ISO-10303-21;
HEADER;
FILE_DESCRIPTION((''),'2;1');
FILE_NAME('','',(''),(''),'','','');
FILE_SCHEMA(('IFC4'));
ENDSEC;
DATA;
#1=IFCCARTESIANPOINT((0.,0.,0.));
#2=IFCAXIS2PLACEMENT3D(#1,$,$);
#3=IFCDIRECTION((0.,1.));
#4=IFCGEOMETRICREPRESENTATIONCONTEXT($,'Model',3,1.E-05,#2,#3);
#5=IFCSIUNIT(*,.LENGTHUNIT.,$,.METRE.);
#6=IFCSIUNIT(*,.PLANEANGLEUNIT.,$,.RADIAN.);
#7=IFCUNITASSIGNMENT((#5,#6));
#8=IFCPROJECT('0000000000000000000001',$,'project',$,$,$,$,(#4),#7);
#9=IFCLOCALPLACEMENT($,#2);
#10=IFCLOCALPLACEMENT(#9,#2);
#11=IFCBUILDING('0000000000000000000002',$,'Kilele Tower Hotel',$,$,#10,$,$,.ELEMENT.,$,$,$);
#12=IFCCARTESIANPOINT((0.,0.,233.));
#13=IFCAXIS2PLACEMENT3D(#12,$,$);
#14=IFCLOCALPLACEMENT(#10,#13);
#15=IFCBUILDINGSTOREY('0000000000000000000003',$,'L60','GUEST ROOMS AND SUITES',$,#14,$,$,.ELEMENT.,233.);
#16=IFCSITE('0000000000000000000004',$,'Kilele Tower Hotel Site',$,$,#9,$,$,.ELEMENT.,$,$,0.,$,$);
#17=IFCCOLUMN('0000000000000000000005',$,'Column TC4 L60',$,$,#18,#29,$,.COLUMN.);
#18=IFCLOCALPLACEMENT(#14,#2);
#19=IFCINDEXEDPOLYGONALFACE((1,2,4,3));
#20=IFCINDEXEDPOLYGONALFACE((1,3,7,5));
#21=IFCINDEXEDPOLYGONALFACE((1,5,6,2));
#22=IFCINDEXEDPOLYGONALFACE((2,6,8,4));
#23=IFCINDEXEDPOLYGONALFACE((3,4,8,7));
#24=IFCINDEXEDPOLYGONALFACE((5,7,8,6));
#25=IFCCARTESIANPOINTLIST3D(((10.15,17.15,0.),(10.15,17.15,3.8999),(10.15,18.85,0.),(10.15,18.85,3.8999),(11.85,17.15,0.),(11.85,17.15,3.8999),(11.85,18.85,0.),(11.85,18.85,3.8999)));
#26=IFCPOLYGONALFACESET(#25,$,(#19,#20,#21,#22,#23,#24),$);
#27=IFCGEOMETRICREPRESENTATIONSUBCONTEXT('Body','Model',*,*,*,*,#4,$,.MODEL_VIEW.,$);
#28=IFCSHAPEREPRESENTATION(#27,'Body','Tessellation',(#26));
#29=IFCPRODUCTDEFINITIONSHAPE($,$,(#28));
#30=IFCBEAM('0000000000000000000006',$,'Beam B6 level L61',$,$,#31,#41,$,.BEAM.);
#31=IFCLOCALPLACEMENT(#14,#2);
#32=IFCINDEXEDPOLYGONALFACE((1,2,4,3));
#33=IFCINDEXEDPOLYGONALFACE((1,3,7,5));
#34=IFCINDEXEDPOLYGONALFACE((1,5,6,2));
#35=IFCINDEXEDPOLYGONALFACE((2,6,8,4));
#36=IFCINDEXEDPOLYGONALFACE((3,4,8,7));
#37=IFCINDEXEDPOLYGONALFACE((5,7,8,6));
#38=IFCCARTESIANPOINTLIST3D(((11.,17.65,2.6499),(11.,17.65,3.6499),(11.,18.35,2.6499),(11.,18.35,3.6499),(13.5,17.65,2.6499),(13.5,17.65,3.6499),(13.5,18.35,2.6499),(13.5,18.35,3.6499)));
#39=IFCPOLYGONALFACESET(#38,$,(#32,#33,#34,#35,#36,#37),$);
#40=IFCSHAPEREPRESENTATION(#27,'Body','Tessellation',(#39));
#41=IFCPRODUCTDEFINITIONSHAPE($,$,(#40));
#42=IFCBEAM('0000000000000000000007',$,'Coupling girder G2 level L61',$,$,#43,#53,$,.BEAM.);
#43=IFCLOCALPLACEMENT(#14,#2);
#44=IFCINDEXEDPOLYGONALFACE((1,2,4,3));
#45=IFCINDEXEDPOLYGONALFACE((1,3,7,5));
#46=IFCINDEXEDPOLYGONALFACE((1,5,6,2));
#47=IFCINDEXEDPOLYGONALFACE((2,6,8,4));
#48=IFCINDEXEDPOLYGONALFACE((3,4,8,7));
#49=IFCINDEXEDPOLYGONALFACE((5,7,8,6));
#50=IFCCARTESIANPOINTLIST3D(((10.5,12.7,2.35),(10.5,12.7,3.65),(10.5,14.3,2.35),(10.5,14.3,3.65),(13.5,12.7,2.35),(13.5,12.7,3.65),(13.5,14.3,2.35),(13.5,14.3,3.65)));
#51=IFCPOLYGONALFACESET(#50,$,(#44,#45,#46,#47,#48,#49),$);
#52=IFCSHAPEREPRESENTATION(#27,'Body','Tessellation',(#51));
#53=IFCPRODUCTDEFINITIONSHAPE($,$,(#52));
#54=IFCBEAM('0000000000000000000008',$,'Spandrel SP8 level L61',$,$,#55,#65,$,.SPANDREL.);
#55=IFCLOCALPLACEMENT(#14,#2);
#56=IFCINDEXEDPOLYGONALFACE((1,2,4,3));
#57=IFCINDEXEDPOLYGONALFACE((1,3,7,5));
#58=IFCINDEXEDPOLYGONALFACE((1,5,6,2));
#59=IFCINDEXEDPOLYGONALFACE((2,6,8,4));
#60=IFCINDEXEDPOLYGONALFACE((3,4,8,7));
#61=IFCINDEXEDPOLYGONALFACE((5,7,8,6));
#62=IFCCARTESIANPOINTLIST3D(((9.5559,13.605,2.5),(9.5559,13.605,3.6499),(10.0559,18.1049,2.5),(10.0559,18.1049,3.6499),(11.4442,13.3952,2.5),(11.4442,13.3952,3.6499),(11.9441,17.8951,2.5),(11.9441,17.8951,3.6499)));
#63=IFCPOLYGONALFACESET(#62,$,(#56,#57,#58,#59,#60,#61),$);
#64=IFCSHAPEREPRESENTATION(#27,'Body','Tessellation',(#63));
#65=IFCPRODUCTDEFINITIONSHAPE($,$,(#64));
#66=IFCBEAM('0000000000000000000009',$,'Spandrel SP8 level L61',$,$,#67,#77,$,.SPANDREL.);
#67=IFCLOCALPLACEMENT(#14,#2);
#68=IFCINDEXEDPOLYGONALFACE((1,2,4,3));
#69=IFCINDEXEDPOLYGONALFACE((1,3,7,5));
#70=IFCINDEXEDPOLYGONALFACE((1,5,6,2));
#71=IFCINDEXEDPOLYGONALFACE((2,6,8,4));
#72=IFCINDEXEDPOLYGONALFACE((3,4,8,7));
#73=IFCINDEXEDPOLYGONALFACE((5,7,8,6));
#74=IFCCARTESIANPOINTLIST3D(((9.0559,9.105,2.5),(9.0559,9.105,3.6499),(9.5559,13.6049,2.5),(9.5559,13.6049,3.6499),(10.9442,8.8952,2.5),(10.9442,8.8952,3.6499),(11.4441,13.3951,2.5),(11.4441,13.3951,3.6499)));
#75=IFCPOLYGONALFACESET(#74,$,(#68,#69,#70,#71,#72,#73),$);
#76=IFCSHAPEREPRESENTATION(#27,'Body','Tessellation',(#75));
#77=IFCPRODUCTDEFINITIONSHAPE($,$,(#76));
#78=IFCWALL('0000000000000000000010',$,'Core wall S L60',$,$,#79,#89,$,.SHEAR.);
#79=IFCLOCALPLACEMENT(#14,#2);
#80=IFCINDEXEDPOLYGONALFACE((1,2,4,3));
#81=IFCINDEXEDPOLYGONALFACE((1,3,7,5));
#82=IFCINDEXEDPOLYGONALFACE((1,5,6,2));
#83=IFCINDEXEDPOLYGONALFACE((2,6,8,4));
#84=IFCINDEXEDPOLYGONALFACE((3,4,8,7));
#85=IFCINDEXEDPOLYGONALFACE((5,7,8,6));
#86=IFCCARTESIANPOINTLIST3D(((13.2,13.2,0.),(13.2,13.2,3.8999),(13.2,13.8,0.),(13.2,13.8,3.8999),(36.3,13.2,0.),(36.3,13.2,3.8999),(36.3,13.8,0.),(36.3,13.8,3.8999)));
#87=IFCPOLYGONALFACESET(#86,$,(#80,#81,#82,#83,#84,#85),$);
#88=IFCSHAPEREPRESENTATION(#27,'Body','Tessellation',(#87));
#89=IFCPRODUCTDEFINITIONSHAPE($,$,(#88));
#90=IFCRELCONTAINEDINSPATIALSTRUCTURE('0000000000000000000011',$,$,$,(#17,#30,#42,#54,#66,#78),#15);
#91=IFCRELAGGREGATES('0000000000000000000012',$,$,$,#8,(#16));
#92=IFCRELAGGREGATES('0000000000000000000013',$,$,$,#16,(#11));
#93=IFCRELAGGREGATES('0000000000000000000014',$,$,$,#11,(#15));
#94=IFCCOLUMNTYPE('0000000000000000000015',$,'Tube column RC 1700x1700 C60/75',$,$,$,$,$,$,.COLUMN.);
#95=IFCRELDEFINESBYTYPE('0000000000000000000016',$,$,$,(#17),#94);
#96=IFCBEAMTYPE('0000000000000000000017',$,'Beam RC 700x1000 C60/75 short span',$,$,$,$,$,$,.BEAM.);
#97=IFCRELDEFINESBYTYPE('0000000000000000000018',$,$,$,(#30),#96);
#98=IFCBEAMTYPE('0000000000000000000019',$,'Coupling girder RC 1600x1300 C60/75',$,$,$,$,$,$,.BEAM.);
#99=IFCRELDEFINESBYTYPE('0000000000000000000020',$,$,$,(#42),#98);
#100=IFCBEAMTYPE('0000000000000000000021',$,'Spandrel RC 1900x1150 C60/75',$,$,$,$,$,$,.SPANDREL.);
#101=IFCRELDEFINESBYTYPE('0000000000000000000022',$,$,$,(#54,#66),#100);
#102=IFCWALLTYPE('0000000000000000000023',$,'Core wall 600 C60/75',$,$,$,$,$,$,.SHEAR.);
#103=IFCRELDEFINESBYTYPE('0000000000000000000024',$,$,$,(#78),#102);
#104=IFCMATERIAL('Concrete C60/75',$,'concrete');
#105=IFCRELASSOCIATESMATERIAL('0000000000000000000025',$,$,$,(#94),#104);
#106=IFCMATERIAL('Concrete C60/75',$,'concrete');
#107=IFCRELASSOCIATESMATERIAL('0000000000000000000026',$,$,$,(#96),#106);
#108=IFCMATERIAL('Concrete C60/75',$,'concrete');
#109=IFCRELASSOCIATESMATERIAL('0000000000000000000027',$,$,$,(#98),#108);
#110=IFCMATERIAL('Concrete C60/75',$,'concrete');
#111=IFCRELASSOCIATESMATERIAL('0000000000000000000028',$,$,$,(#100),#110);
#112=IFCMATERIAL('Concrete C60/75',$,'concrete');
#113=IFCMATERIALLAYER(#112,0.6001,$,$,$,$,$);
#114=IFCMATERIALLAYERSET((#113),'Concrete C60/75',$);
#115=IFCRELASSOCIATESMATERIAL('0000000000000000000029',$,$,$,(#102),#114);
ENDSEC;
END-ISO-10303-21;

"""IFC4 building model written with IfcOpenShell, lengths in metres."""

from ifc_helpers import new_model, si_unit, direction, frame, frame_2d, origin, origin_2d, place, context, subcontext, project, spatial, rectangle, extrude, material, layer, layer_set, material_profile, profile_set, type_object, element, save


model = new_model("IFC4")

# Units and contexts
model_context = context("Model", 3, precision=1e-05, world=origin(), true_north=direction((0.0, 1.0)))
body_context = subcontext(model_context, "Body", "Model", "MODEL_VIEW")
ifc_project = project(units=[si_unit("LENGTHUNIT", "METRE"), si_unit("PLANEANGLEUNIT", "RADIAN")], contexts=[model_context])

# Site, building, storey
site_placement = place(None, origin())
site = spatial("IfcSite", under=ifc_project, at=site_placement, Name="Kilele Tower Hotel Site", CompositionType="ELEMENT", RefElevation=0.0)
building_placement = place(site_placement, origin())
building = spatial("IfcBuilding", under=site, at=building_placement, Name="Kilele Tower Hotel", CompositionType="ELEMENT")
storey_placement = place(building_placement, frame((0.0, 0.0, 233.0)))
storey = spatial("IfcBuildingStorey", under=building, at=storey_placement, Name="L60", Description="GUEST ROOMS AND SUITES", CompositionType="ELEMENT", Elevation=233.0)

# Column
ifc_material_1 = material(Name="Concrete C60/75", Category="concrete")
ifc_material_profile_1 = material_profile(ifc_material_1, rectangle(XDim=1.7, YDim=1.7, at=origin_2d()))
ifc_profile_set_1 = profile_set([ifc_material_profile_1], Name="Concrete C60/75")
column_type = type_object("IfcColumnType", Name="Tube column RC 1700x1700 C60/75", PredefinedType="COLUMN", material=ifc_profile_set_1)
column_placement = place(storey_placement, frame((11.0, 18.0, 0.0), z_axis=(0.0, 0.0, 1.0), x_axis=(1.0, 0.0, 0.0)))
element("IfcColumn", 1, at=column_placement, inside=storey, type_object=column_type, Name="Column TC4 L60", PredefinedType="COLUMN", context=body_context, shape_type="SweptSolid", body=[
    extrude(rectangle(XDim=1.7, YDim=1.7, at=origin_2d()), origin(), (0.0, 0.0, 1.0), 3.8999),
])

# Beams
ifc_material_2 = material(Name="Concrete C60/75", Category="concrete")
ifc_material_profile_2 = material_profile(ifc_material_2, rectangle(XDim=0.7, YDim=1.0, at=origin_2d()))
ifc_profile_set_2 = profile_set([ifc_material_profile_2], Name="Concrete C60/75")
beam_type_1 = type_object("IfcBeamType", Name="Beam RC 700x1000 C60/75 short span", PredefinedType="BEAM", material=ifc_profile_set_2)
beam_1_placement = place(storey_placement, frame((11.0, 18.0, 3.1499), z_axis=(1.0, 0.0, 0.0), x_axis=(0.0, 1.0, 0.0)))
element("IfcBeam", 2, at=beam_1_placement, inside=storey, type_object=beam_type_1, Name="Beam B6 level L61", PredefinedType="BEAM", context=body_context, shape_type="SweptSolid", body=[
    extrude(rectangle(XDim=0.7, YDim=1.0, at=origin_2d()), origin(), (0.0, 0.0, 1.0), 2.5),
])
ifc_material_3 = material(Name="Concrete C60/75", Category="concrete")
ifc_material_profile_3 = material_profile(ifc_material_3, rectangle(XDim=1.6001, YDim=1.3, at=origin_2d()))
ifc_profile_set_3 = profile_set([ifc_material_profile_3], Name="Concrete C60/75")
beam_type_2 = type_object("IfcBeamType", Name="Coupling girder RC 1600x1300 C60/75", PredefinedType="BEAM", material=ifc_profile_set_3)
beam_2_placement = place(storey_placement, frame((10.5, 13.5, 3.0), z_axis=(1.0, 0.0, 0.0), x_axis=(0.0, 1.0, 0.0)))
element("IfcBeam", 3, at=beam_2_placement, inside=storey, type_object=beam_type_2, Name="Coupling girder G2 level L61", PredefinedType="BEAM", context=body_context, shape_type="SweptSolid", body=[
    extrude(rectangle(XDim=1.6001, YDim=1.3, at=origin_2d()), origin(), (0.0, 0.0, 1.0), 3.0),
])
ifc_material_4 = material(Name="Concrete C60/75", Category="concrete")
ifc_material_profile_4 = material_profile(ifc_material_4, rectangle(XDim=1.8999, YDim=1.1499, at=origin_2d()))
ifc_profile_set_4 = profile_set([ifc_material_profile_4], Name="Concrete C60/75")
beam_type_3 = type_object("IfcBeamType", Name="Spandrel RC 1900x1150 C60/75", PredefinedType="SPANDREL", material=ifc_profile_set_4)
for number, where, z_axis, x_axis, name in (
    (4, (11.0, 18.0, 3.075), (-0.110432, -0.993884, 0.0), (0.993884, -0.110432, 0.0), "Spandrel SP8 level L61"),
    (5, (10.5, 13.5, 3.075), (-0.110432, -0.993884, 0.0), (0.993884, -0.110432, 0.0), "Spandrel SP8 level L61"),
):
    element("IfcBeam", number, at=place(storey_placement, frame(where, z_axis=z_axis, x_axis=x_axis)), inside=storey, type_object=beam_type_3, Name=name, PredefinedType="SPANDREL", context=body_context, shape_type="SweptSolid", body=[
        extrude(rectangle(XDim=1.8999, YDim=1.1499, at=origin_2d()), origin(), (0.0, 0.0, 1.0), 4.5276),
    ])

# Wall
ifc_material_5 = material(Name="Concrete C60/75", Category="concrete")
ifc_layer = layer(ifc_material_5, 0.6001)
ifc_layer_set = layer_set([ifc_layer], Name="Concrete C60/75")
wall_type = type_object("IfcWallType", Name="Core wall 600 C60/75", PredefinedType="SHEAR", material=ifc_layer_set)
wall_placement = place(storey_placement, frame((13.2, 13.5, 0.0), z_axis=(0.0, 0.0, 1.0), x_axis=(1.0, 0.0, 0.0)))
element("IfcWall", 6, at=wall_placement, inside=storey, type_object=wall_type, Name="Core wall S L60", PredefinedType="SHEAR", context=body_context, shape_type="SweptSolid", body=[
    extrude(rectangle(XDim=23.1001, YDim=0.6001, at=frame_2d((11.55, 0.0))), origin(), (0.0, 0.0, 1.0), 3.8999),
])

save(model, "model.ifc")
